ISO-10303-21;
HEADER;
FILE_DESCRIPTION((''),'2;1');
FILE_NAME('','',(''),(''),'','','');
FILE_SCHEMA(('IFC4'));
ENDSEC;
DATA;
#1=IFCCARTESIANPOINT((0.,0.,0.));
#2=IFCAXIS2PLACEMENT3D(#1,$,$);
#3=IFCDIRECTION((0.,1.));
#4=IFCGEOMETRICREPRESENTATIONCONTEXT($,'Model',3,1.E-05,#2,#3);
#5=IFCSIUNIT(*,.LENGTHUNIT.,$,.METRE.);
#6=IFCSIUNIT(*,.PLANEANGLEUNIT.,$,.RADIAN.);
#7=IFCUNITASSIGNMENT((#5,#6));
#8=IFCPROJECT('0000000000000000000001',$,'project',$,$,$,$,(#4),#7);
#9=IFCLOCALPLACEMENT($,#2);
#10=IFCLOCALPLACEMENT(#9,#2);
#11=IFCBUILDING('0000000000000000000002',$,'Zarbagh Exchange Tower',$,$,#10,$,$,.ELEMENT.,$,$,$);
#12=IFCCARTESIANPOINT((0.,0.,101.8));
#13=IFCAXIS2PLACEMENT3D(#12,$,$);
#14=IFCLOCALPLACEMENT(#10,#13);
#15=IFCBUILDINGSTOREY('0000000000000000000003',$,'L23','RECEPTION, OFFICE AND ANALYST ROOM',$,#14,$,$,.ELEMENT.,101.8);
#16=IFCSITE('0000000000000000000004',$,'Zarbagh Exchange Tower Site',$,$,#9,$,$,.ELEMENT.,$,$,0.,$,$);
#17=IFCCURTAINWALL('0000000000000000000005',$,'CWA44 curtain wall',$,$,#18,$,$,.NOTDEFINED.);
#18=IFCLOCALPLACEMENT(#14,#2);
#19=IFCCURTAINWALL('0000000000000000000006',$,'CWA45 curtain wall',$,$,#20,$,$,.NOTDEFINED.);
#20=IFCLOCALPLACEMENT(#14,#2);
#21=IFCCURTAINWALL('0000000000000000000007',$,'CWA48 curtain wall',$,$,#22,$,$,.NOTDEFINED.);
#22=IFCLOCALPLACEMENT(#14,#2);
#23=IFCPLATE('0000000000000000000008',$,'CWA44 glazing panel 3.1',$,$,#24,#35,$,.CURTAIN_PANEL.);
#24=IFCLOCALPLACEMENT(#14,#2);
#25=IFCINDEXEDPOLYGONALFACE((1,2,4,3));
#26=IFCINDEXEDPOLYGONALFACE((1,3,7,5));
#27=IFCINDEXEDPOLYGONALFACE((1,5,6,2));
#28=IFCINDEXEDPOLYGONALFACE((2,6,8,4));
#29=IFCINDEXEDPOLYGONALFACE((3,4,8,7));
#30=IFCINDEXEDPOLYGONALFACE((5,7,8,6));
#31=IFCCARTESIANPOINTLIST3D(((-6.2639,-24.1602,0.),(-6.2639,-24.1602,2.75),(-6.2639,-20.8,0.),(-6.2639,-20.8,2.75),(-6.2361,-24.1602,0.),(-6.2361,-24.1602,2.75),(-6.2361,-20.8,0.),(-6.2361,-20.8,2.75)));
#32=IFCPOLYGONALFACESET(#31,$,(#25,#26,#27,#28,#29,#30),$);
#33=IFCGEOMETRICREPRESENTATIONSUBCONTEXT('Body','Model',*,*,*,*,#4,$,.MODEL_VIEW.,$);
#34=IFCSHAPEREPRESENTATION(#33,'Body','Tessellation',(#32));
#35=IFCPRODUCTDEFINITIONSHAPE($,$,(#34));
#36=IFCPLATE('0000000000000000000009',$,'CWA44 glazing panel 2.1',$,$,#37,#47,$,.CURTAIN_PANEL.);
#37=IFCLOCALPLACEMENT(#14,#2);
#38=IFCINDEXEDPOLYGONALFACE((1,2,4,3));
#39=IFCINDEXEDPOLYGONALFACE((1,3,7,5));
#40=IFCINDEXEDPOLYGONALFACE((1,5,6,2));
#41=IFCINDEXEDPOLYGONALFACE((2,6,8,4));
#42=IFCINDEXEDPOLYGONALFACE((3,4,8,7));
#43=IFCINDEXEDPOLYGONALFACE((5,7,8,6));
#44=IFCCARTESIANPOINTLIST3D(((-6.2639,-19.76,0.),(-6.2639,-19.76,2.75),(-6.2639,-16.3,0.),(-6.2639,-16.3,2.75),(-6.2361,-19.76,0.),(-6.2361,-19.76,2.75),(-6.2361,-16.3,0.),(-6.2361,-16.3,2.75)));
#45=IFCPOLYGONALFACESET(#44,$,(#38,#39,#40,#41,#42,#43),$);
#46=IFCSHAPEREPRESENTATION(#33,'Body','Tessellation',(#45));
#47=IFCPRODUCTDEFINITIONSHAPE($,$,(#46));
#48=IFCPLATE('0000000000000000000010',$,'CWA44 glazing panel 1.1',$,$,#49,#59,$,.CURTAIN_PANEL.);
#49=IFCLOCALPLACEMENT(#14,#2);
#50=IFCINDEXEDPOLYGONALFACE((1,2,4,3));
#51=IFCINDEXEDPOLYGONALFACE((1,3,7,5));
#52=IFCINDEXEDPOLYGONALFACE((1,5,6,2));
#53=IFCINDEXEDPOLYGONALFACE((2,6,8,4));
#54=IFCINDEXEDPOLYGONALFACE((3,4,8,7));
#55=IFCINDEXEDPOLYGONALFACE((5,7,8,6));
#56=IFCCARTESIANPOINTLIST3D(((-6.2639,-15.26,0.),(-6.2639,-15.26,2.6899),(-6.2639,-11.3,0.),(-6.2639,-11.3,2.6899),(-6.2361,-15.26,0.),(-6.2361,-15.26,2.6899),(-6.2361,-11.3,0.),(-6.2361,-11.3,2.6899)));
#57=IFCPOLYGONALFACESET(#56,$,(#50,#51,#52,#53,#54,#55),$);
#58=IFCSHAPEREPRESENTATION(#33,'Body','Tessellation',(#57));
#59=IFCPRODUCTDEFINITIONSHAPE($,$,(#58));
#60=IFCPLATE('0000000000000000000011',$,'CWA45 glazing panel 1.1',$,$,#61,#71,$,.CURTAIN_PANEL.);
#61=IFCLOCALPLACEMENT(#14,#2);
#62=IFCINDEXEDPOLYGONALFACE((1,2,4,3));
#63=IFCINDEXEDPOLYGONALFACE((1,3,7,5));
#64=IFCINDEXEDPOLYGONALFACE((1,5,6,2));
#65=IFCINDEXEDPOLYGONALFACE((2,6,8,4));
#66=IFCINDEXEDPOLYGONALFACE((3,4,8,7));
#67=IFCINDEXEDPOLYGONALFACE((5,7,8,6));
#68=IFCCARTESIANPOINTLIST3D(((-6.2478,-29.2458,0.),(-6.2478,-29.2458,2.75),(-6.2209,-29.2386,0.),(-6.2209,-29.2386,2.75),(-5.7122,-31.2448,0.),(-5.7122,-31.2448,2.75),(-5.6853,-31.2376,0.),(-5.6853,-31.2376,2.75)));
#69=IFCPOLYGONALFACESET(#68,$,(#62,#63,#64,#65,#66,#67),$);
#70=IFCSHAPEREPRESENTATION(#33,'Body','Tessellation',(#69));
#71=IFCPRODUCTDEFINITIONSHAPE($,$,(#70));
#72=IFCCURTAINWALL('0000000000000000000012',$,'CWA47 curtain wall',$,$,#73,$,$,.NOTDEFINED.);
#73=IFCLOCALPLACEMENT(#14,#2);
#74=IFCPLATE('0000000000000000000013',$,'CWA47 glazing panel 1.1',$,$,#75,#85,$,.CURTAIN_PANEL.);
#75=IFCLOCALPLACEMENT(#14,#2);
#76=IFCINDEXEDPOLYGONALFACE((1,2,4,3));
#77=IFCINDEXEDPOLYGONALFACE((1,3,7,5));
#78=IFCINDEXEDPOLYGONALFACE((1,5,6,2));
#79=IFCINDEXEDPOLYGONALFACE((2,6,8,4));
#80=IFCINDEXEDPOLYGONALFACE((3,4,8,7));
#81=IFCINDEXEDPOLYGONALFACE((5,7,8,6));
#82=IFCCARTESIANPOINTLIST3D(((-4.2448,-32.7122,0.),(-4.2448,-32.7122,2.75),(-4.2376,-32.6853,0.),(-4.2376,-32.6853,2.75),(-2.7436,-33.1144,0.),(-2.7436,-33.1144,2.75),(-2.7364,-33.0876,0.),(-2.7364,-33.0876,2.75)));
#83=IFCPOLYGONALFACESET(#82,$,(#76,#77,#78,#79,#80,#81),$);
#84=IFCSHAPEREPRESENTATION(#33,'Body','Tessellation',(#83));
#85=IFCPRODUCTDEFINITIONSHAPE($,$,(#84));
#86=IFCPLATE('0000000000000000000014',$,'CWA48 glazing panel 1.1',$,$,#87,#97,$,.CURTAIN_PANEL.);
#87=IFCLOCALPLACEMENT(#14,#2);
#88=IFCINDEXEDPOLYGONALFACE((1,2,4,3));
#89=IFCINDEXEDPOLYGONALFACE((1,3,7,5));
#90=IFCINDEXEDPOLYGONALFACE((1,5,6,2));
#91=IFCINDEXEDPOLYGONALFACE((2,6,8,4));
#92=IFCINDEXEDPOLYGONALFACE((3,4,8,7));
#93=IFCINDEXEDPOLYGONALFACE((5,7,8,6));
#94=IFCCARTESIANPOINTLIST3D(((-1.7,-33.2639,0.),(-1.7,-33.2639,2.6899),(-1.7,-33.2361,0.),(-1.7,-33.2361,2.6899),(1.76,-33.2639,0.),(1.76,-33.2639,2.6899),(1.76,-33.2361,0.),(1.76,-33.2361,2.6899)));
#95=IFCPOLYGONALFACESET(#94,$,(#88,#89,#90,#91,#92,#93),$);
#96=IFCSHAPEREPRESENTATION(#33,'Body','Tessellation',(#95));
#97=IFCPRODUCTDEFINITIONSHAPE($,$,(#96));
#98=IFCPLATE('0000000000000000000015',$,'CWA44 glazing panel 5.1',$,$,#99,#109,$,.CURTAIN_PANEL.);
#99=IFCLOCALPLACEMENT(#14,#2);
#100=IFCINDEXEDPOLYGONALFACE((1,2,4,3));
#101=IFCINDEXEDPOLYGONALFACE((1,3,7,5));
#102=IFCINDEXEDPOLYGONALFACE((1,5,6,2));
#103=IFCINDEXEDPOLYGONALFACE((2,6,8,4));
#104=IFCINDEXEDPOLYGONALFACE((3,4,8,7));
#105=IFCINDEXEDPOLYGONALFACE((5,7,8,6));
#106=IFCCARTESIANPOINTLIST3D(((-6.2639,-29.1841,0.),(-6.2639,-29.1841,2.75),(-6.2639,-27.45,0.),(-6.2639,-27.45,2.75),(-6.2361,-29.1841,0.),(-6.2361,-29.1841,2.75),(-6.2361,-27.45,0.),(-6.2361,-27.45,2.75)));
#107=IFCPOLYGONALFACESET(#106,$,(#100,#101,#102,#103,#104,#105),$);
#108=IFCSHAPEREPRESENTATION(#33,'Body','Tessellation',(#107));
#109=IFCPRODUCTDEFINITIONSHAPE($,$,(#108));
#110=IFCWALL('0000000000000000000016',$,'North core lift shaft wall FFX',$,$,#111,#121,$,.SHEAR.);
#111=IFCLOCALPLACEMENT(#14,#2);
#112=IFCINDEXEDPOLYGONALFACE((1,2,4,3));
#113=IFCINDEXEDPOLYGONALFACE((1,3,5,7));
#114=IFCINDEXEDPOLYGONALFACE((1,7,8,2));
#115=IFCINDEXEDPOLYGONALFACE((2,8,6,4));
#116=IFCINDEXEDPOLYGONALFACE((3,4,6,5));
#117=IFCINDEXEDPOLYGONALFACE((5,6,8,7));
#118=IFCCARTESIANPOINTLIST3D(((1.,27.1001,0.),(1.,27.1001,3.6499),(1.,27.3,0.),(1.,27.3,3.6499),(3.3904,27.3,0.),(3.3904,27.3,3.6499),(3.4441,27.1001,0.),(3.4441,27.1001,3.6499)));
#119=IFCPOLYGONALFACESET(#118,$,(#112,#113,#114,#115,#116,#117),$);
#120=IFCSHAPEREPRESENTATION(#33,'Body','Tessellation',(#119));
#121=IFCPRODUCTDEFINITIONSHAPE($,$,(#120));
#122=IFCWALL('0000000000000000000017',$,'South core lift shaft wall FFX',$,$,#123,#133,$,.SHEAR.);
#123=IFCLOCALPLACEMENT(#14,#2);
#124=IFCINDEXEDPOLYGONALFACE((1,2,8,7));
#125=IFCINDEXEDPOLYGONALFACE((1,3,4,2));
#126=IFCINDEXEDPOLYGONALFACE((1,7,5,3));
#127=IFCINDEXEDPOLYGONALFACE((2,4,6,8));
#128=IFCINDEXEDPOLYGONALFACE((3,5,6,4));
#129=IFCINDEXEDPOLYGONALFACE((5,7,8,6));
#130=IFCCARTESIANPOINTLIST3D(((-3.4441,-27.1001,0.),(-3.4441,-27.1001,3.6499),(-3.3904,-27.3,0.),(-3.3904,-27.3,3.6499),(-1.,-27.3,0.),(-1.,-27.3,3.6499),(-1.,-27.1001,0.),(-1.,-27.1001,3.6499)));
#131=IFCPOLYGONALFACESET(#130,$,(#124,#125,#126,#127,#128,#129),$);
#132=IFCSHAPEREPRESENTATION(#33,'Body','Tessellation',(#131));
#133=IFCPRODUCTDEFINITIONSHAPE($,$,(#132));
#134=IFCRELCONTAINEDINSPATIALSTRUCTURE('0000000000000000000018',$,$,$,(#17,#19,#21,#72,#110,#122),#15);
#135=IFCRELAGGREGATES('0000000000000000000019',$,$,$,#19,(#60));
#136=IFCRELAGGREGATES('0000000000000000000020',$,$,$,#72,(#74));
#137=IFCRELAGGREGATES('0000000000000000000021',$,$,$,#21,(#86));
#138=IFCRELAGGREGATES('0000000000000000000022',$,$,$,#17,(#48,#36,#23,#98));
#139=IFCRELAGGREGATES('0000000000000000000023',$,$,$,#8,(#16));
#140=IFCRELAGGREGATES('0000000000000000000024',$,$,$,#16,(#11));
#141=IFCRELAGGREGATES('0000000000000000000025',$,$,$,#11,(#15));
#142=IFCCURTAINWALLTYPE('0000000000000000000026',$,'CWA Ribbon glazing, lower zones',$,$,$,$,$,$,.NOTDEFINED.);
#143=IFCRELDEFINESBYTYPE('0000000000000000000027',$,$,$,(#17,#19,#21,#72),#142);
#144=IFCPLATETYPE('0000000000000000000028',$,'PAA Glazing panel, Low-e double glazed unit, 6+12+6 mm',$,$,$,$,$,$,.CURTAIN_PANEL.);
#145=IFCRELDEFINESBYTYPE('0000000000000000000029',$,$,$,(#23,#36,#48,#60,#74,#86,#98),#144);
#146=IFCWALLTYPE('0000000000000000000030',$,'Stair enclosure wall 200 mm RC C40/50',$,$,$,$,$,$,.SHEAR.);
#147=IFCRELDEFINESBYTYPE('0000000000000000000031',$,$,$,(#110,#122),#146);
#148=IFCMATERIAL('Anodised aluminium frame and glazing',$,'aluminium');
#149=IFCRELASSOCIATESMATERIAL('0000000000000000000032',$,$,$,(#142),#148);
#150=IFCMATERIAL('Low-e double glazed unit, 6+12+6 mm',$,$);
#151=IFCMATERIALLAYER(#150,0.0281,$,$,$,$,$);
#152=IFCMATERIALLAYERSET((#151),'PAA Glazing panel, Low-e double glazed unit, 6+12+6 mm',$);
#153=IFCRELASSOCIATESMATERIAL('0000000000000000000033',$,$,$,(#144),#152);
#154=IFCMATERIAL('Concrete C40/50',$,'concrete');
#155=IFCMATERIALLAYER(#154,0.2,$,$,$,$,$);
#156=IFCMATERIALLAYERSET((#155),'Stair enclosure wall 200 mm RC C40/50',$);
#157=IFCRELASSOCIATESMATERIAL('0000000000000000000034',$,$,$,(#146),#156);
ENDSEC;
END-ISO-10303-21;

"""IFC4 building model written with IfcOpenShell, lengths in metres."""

from ifc_helpers import new_model, si_unit, direction, frame, origin, place, context, subcontext, project, spatial, polyline, outline, extrude, source, transform, mapped, material, layer, layer_set, type_object, element, aggregate, save


model = new_model("IFC4")

# Units and contexts
model_context = context("Model", 3, precision=1e-05, world=origin(), true_north=direction((0.0, 1.0)))
body_context = subcontext(model_context, "Body", "Model", "MODEL_VIEW")
ifc_project = project(units=[si_unit("LENGTHUNIT", "METRE"), si_unit("PLANEANGLEUNIT", "RADIAN")], contexts=[model_context])

# Site, building, storey
site_placement = place(None, origin())
site = spatial("IfcSite", under=ifc_project, at=site_placement, Name="Zarbagh Exchange Tower Site", CompositionType="ELEMENT", RefElevation=0.0)
building_placement = place(site_placement, origin())
building = spatial("IfcBuilding", under=site, at=building_placement, Name="Zarbagh Exchange Tower", CompositionType="ELEMENT")
storey_placement = place(building_placement, frame((0.0, 0.0, 101.8)))
storey = spatial("IfcBuildingStorey", under=building, at=storey_placement, Name="L23", Description="RECEPTION, OFFICE AND ANALYST ROOM", CompositionType="ELEMENT", Elevation=101.8)

# Curtain wall
ifc_material_1 = material(Name="Anodised aluminium frame and glazing", Category="aluminium")
curtain_wall_type = type_object("IfcCurtainWallType", Name="CWA Ribbon glazing, lower zones", PredefinedType="NOTDEFINED", material=ifc_material_1)
curtain_wall_1_placement = place(storey_placement, origin())
curtain_wall_1 = element("IfcCurtainWall", 1, at=curtain_wall_1_placement, inside=storey, type_object=curtain_wall_type, Name="CWA44 curtain wall", PredefinedType="NOTDEFINED")
placement = place(storey_placement, origin())

# Curtain walls
curtain_wall_2_placement = place(storey_placement, origin())
curtain_wall_2 = element("IfcCurtainWall", 2, at=curtain_wall_2_placement, inside=storey, type_object=curtain_wall_type, Name="CWA45 curtain wall", PredefinedType="NOTDEFINED")
curtain_wall_3_placement = place(storey_placement, origin())
curtain_wall_3 = element("IfcCurtainWall", 3, at=curtain_wall_3_placement, inside=storey, type_object=curtain_wall_type, Name="CWA48 curtain wall", PredefinedType="NOTDEFINED")

# Shared definitions
ifc_material_2 = material(Name="Concrete C40/50", Category="concrete")

# Shared definitions
ifc_material_3 = material(Name="Low-e double glazed unit, 6+12+6 mm")
ifc_layer_1 = layer(ifc_material_3, 0.0281)
ifc_layer_set_1 = layer_set([ifc_layer_1], Name="PAA Glazing panel, Low-e double glazed unit, 6+12+6 mm")
plate_type = type_object("IfcPlateType", Name="PAA Glazing panel, Low-e double glazed unit, 6+12+6 mm", PredefinedType="CURTAIN_PANEL", material=ifc_layer_set_1)

# Plates
shared_shape_1 = source(origin(), body_context, "Body", "SweptSolid", [
    extrude(outline(polyline([(0.0, -0.0139), (3.3601, -0.0139), (3.3601, 0.0139), (0.0, 0.0139), (0.0, -0.0139)])), origin(), (0.0, 0.0, 1.0), 2.75),
])
plate_1 = element("IfcPlate", 4, at=placement, type_object=plate_type, Name="CWA44 glazing panel 3.1", PredefinedType="CURTAIN_PANEL", context=body_context, shape_type="MappedRepresentation", body=[
    mapped(shared_shape_1, transform((-6.25, -20.8, 0.0), x_axis=(0.0, -1.0, 0.0), y_axis=(1.0, 0.0, 0.0), z_axis=(0.0, 0.0, 1.0))),
])
shared_shape_2 = source(origin(), body_context, "Body", "SweptSolid", [
    extrude(outline(polyline([(0.0, -0.0139), (3.46, -0.0139), (3.46, 0.0139), (0.0, 0.0139), (0.0, -0.0139)])), origin(), (0.0, 0.0, 1.0), 2.75),
])
plate_2 = element("IfcPlate", 5, at=placement, type_object=plate_type, Name="CWA44 glazing panel 2.1", PredefinedType="CURTAIN_PANEL", context=body_context, shape_type="MappedRepresentation", body=[
    mapped(shared_shape_2, transform((-6.25, -16.3, 0.0), x_axis=(0.0, -1.0, 0.0), y_axis=(1.0, 0.0, 0.0), z_axis=(0.0, 0.0, 1.0))),
])
shared_shape_3 = source(origin(), body_context, "Body", "SweptSolid", [
    extrude(outline(polyline([(0.0, -0.0139), (3.96, -0.0139), (3.96, 0.0139), (0.0, 0.0139), (0.0, -0.0139)])), origin(), (0.0, 0.0, 1.0), 2.6899),
])
plate_3 = element("IfcPlate", 6, at=placement, type_object=plate_type, Name="CWA44 glazing panel 1.1", PredefinedType="CURTAIN_PANEL", context=body_context, shape_type="MappedRepresentation", body=[
    mapped(shared_shape_3, transform((-6.25, -11.3, 0.0), x_axis=(0.0, -1.0, 0.0), y_axis=(1.0, 0.0, 0.0), z_axis=(0.0, 0.0, 1.0))),
])
shared_shape_4 = source(origin(), body_context, "Body", "SweptSolid", [
    extrude(outline(polyline([(0.0, -0.0139), (2.0696, -0.0139), (2.0696, 0.0139), (0.0, 0.0139), (0.0, -0.0139)])), origin(), (0.0, 0.0, 1.0), 2.75),
])
plate_4 = element("IfcPlate", 7, at=placement, type_object=plate_type, Name="CWA45 glazing panel 1.1", PredefinedType="CURTAIN_PANEL", context=body_context, shape_type="MappedRepresentation", body=[
    mapped(shared_shape_4, transform((-6.2344, -29.2422, 0.0), x_axis=(0.258825, -0.965924, 0.0), y_axis=(0.965924, 0.258825, 0.0), z_axis=(0.0, 0.0, 1.0))),
])
aggregate(curtain_wall_2, [plate_4])

# Curtain wall, plate
curtain_wall_4_placement = place(storey_placement, origin())
curtain_wall_4 = element("IfcCurtainWall", 8, at=curtain_wall_4_placement, inside=storey, type_object=curtain_wall_type, Name="CWA47 curtain wall", PredefinedType="NOTDEFINED")
shared_shape_5 = source(origin(), body_context, "Body", "SweptSolid", [
    extrude(outline(polyline([(0.0, -0.0139), (1.5542, -0.0139), (1.5542, 0.0139), (0.0, 0.0139), (0.0, -0.0139)])), origin(), (0.0, 0.0, 1.0), 2.75),
])
plate_5 = element("IfcPlate", 9, at=placement, type_object=plate_type, Name="CWA47 glazing panel 1.1", PredefinedType="CURTAIN_PANEL", context=body_context, shape_type="MappedRepresentation", body=[
    mapped(shared_shape_5, transform((-4.2412, -32.6987, 0.0), x_axis=(0.965924, -0.258825, 0.0), y_axis=(0.258825, 0.965924, 0.0), z_axis=(0.0, 0.0, 1.0))),
])
aggregate(curtain_wall_4, [plate_5])

# Plates
shared_shape_6 = source(origin(), body_context, "Body", "SweptSolid", [
    extrude(outline(polyline([(0.0, -0.0139), (3.46, -0.0139), (3.46, 0.0139), (0.0, 0.0139), (0.0, -0.0139)])), origin(), (0.0, 0.0, 1.0), 2.6899),
])
plate_6 = element("IfcPlate", 10, at=placement, type_object=plate_type, Name="CWA48 glazing panel 1.1", PredefinedType="CURTAIN_PANEL", context=body_context, shape_type="MappedRepresentation", body=[
    mapped(shared_shape_6, transform((-1.7, -33.25, 0.0), x_axis=(1.0, 0.0, 0.0), y_axis=(0.0, 1.0, 0.0), z_axis=(0.0, 0.0, 1.0))),
])
aggregate(curtain_wall_3, [plate_6])
shared_shape_7 = source(origin(), body_context, "Body", "SweptSolid", [
    extrude(outline(polyline([(0.0, -0.0139), (1.7341, -0.0139), (1.7341, 0.0139), (0.0, 0.0139), (0.0, -0.0139)])), origin(), (0.0, 0.0, 1.0), 2.75),
])
plate_7 = element("IfcPlate", 11, at=placement, type_object=plate_type, Name="CWA44 glazing panel 5.1", PredefinedType="CURTAIN_PANEL", context=body_context, shape_type="MappedRepresentation", body=[
    mapped(shared_shape_7, transform((-6.25, -27.45, 0.0), x_axis=(0.0, -1.0, 0.0), y_axis=(1.0, 0.0, 0.0), z_axis=(0.0, 0.0, 1.0))),
])
aggregate(curtain_wall_1, [plate_3, plate_2, plate_1, plate_7])

# Walls
ifc_layer_2 = layer(ifc_material_2, 0.2)
ifc_layer_set_2 = layer_set([ifc_layer_2], Name="Stair enclosure wall 200 mm RC C40/50")
wall_type = type_object("IfcWallType", Name="Stair enclosure wall 200 mm RC C40/50", PredefinedType="SHEAR", material=ifc_layer_set_2)
wall_1_placement = place(storey_placement, origin())
element("IfcWall", 12, at=wall_1_placement, inside=storey, type_object=wall_type, Name="North core lift shaft wall FFX", PredefinedType="SHEAR", context=body_context, shape_type="SweptSolid", body=[
    extrude(outline(polyline([(1.0, 27.1001), (3.4441, 27.1001), (3.3904, 27.3), (1.0, 27.3), (1.0, 27.1001)])), origin(), (0.0, 0.0, 1.0), 3.6499),
])
wall_2_placement = place(storey_placement, origin())
element("IfcWall", 13, at=wall_2_placement, inside=storey, type_object=wall_type, Name="South core lift shaft wall FFX", PredefinedType="SHEAR", context=body_context, shape_type="SweptSolid", body=[
    extrude(outline(polyline([(-1.0, -27.1001), (-3.4441, -27.1001), (-3.3904, -27.3), (-1.0, -27.3), (-1.0, -27.1001)])), origin(), (0.0, 0.0, 1.0), 3.6499),
])

save(model, "model.ifc")
